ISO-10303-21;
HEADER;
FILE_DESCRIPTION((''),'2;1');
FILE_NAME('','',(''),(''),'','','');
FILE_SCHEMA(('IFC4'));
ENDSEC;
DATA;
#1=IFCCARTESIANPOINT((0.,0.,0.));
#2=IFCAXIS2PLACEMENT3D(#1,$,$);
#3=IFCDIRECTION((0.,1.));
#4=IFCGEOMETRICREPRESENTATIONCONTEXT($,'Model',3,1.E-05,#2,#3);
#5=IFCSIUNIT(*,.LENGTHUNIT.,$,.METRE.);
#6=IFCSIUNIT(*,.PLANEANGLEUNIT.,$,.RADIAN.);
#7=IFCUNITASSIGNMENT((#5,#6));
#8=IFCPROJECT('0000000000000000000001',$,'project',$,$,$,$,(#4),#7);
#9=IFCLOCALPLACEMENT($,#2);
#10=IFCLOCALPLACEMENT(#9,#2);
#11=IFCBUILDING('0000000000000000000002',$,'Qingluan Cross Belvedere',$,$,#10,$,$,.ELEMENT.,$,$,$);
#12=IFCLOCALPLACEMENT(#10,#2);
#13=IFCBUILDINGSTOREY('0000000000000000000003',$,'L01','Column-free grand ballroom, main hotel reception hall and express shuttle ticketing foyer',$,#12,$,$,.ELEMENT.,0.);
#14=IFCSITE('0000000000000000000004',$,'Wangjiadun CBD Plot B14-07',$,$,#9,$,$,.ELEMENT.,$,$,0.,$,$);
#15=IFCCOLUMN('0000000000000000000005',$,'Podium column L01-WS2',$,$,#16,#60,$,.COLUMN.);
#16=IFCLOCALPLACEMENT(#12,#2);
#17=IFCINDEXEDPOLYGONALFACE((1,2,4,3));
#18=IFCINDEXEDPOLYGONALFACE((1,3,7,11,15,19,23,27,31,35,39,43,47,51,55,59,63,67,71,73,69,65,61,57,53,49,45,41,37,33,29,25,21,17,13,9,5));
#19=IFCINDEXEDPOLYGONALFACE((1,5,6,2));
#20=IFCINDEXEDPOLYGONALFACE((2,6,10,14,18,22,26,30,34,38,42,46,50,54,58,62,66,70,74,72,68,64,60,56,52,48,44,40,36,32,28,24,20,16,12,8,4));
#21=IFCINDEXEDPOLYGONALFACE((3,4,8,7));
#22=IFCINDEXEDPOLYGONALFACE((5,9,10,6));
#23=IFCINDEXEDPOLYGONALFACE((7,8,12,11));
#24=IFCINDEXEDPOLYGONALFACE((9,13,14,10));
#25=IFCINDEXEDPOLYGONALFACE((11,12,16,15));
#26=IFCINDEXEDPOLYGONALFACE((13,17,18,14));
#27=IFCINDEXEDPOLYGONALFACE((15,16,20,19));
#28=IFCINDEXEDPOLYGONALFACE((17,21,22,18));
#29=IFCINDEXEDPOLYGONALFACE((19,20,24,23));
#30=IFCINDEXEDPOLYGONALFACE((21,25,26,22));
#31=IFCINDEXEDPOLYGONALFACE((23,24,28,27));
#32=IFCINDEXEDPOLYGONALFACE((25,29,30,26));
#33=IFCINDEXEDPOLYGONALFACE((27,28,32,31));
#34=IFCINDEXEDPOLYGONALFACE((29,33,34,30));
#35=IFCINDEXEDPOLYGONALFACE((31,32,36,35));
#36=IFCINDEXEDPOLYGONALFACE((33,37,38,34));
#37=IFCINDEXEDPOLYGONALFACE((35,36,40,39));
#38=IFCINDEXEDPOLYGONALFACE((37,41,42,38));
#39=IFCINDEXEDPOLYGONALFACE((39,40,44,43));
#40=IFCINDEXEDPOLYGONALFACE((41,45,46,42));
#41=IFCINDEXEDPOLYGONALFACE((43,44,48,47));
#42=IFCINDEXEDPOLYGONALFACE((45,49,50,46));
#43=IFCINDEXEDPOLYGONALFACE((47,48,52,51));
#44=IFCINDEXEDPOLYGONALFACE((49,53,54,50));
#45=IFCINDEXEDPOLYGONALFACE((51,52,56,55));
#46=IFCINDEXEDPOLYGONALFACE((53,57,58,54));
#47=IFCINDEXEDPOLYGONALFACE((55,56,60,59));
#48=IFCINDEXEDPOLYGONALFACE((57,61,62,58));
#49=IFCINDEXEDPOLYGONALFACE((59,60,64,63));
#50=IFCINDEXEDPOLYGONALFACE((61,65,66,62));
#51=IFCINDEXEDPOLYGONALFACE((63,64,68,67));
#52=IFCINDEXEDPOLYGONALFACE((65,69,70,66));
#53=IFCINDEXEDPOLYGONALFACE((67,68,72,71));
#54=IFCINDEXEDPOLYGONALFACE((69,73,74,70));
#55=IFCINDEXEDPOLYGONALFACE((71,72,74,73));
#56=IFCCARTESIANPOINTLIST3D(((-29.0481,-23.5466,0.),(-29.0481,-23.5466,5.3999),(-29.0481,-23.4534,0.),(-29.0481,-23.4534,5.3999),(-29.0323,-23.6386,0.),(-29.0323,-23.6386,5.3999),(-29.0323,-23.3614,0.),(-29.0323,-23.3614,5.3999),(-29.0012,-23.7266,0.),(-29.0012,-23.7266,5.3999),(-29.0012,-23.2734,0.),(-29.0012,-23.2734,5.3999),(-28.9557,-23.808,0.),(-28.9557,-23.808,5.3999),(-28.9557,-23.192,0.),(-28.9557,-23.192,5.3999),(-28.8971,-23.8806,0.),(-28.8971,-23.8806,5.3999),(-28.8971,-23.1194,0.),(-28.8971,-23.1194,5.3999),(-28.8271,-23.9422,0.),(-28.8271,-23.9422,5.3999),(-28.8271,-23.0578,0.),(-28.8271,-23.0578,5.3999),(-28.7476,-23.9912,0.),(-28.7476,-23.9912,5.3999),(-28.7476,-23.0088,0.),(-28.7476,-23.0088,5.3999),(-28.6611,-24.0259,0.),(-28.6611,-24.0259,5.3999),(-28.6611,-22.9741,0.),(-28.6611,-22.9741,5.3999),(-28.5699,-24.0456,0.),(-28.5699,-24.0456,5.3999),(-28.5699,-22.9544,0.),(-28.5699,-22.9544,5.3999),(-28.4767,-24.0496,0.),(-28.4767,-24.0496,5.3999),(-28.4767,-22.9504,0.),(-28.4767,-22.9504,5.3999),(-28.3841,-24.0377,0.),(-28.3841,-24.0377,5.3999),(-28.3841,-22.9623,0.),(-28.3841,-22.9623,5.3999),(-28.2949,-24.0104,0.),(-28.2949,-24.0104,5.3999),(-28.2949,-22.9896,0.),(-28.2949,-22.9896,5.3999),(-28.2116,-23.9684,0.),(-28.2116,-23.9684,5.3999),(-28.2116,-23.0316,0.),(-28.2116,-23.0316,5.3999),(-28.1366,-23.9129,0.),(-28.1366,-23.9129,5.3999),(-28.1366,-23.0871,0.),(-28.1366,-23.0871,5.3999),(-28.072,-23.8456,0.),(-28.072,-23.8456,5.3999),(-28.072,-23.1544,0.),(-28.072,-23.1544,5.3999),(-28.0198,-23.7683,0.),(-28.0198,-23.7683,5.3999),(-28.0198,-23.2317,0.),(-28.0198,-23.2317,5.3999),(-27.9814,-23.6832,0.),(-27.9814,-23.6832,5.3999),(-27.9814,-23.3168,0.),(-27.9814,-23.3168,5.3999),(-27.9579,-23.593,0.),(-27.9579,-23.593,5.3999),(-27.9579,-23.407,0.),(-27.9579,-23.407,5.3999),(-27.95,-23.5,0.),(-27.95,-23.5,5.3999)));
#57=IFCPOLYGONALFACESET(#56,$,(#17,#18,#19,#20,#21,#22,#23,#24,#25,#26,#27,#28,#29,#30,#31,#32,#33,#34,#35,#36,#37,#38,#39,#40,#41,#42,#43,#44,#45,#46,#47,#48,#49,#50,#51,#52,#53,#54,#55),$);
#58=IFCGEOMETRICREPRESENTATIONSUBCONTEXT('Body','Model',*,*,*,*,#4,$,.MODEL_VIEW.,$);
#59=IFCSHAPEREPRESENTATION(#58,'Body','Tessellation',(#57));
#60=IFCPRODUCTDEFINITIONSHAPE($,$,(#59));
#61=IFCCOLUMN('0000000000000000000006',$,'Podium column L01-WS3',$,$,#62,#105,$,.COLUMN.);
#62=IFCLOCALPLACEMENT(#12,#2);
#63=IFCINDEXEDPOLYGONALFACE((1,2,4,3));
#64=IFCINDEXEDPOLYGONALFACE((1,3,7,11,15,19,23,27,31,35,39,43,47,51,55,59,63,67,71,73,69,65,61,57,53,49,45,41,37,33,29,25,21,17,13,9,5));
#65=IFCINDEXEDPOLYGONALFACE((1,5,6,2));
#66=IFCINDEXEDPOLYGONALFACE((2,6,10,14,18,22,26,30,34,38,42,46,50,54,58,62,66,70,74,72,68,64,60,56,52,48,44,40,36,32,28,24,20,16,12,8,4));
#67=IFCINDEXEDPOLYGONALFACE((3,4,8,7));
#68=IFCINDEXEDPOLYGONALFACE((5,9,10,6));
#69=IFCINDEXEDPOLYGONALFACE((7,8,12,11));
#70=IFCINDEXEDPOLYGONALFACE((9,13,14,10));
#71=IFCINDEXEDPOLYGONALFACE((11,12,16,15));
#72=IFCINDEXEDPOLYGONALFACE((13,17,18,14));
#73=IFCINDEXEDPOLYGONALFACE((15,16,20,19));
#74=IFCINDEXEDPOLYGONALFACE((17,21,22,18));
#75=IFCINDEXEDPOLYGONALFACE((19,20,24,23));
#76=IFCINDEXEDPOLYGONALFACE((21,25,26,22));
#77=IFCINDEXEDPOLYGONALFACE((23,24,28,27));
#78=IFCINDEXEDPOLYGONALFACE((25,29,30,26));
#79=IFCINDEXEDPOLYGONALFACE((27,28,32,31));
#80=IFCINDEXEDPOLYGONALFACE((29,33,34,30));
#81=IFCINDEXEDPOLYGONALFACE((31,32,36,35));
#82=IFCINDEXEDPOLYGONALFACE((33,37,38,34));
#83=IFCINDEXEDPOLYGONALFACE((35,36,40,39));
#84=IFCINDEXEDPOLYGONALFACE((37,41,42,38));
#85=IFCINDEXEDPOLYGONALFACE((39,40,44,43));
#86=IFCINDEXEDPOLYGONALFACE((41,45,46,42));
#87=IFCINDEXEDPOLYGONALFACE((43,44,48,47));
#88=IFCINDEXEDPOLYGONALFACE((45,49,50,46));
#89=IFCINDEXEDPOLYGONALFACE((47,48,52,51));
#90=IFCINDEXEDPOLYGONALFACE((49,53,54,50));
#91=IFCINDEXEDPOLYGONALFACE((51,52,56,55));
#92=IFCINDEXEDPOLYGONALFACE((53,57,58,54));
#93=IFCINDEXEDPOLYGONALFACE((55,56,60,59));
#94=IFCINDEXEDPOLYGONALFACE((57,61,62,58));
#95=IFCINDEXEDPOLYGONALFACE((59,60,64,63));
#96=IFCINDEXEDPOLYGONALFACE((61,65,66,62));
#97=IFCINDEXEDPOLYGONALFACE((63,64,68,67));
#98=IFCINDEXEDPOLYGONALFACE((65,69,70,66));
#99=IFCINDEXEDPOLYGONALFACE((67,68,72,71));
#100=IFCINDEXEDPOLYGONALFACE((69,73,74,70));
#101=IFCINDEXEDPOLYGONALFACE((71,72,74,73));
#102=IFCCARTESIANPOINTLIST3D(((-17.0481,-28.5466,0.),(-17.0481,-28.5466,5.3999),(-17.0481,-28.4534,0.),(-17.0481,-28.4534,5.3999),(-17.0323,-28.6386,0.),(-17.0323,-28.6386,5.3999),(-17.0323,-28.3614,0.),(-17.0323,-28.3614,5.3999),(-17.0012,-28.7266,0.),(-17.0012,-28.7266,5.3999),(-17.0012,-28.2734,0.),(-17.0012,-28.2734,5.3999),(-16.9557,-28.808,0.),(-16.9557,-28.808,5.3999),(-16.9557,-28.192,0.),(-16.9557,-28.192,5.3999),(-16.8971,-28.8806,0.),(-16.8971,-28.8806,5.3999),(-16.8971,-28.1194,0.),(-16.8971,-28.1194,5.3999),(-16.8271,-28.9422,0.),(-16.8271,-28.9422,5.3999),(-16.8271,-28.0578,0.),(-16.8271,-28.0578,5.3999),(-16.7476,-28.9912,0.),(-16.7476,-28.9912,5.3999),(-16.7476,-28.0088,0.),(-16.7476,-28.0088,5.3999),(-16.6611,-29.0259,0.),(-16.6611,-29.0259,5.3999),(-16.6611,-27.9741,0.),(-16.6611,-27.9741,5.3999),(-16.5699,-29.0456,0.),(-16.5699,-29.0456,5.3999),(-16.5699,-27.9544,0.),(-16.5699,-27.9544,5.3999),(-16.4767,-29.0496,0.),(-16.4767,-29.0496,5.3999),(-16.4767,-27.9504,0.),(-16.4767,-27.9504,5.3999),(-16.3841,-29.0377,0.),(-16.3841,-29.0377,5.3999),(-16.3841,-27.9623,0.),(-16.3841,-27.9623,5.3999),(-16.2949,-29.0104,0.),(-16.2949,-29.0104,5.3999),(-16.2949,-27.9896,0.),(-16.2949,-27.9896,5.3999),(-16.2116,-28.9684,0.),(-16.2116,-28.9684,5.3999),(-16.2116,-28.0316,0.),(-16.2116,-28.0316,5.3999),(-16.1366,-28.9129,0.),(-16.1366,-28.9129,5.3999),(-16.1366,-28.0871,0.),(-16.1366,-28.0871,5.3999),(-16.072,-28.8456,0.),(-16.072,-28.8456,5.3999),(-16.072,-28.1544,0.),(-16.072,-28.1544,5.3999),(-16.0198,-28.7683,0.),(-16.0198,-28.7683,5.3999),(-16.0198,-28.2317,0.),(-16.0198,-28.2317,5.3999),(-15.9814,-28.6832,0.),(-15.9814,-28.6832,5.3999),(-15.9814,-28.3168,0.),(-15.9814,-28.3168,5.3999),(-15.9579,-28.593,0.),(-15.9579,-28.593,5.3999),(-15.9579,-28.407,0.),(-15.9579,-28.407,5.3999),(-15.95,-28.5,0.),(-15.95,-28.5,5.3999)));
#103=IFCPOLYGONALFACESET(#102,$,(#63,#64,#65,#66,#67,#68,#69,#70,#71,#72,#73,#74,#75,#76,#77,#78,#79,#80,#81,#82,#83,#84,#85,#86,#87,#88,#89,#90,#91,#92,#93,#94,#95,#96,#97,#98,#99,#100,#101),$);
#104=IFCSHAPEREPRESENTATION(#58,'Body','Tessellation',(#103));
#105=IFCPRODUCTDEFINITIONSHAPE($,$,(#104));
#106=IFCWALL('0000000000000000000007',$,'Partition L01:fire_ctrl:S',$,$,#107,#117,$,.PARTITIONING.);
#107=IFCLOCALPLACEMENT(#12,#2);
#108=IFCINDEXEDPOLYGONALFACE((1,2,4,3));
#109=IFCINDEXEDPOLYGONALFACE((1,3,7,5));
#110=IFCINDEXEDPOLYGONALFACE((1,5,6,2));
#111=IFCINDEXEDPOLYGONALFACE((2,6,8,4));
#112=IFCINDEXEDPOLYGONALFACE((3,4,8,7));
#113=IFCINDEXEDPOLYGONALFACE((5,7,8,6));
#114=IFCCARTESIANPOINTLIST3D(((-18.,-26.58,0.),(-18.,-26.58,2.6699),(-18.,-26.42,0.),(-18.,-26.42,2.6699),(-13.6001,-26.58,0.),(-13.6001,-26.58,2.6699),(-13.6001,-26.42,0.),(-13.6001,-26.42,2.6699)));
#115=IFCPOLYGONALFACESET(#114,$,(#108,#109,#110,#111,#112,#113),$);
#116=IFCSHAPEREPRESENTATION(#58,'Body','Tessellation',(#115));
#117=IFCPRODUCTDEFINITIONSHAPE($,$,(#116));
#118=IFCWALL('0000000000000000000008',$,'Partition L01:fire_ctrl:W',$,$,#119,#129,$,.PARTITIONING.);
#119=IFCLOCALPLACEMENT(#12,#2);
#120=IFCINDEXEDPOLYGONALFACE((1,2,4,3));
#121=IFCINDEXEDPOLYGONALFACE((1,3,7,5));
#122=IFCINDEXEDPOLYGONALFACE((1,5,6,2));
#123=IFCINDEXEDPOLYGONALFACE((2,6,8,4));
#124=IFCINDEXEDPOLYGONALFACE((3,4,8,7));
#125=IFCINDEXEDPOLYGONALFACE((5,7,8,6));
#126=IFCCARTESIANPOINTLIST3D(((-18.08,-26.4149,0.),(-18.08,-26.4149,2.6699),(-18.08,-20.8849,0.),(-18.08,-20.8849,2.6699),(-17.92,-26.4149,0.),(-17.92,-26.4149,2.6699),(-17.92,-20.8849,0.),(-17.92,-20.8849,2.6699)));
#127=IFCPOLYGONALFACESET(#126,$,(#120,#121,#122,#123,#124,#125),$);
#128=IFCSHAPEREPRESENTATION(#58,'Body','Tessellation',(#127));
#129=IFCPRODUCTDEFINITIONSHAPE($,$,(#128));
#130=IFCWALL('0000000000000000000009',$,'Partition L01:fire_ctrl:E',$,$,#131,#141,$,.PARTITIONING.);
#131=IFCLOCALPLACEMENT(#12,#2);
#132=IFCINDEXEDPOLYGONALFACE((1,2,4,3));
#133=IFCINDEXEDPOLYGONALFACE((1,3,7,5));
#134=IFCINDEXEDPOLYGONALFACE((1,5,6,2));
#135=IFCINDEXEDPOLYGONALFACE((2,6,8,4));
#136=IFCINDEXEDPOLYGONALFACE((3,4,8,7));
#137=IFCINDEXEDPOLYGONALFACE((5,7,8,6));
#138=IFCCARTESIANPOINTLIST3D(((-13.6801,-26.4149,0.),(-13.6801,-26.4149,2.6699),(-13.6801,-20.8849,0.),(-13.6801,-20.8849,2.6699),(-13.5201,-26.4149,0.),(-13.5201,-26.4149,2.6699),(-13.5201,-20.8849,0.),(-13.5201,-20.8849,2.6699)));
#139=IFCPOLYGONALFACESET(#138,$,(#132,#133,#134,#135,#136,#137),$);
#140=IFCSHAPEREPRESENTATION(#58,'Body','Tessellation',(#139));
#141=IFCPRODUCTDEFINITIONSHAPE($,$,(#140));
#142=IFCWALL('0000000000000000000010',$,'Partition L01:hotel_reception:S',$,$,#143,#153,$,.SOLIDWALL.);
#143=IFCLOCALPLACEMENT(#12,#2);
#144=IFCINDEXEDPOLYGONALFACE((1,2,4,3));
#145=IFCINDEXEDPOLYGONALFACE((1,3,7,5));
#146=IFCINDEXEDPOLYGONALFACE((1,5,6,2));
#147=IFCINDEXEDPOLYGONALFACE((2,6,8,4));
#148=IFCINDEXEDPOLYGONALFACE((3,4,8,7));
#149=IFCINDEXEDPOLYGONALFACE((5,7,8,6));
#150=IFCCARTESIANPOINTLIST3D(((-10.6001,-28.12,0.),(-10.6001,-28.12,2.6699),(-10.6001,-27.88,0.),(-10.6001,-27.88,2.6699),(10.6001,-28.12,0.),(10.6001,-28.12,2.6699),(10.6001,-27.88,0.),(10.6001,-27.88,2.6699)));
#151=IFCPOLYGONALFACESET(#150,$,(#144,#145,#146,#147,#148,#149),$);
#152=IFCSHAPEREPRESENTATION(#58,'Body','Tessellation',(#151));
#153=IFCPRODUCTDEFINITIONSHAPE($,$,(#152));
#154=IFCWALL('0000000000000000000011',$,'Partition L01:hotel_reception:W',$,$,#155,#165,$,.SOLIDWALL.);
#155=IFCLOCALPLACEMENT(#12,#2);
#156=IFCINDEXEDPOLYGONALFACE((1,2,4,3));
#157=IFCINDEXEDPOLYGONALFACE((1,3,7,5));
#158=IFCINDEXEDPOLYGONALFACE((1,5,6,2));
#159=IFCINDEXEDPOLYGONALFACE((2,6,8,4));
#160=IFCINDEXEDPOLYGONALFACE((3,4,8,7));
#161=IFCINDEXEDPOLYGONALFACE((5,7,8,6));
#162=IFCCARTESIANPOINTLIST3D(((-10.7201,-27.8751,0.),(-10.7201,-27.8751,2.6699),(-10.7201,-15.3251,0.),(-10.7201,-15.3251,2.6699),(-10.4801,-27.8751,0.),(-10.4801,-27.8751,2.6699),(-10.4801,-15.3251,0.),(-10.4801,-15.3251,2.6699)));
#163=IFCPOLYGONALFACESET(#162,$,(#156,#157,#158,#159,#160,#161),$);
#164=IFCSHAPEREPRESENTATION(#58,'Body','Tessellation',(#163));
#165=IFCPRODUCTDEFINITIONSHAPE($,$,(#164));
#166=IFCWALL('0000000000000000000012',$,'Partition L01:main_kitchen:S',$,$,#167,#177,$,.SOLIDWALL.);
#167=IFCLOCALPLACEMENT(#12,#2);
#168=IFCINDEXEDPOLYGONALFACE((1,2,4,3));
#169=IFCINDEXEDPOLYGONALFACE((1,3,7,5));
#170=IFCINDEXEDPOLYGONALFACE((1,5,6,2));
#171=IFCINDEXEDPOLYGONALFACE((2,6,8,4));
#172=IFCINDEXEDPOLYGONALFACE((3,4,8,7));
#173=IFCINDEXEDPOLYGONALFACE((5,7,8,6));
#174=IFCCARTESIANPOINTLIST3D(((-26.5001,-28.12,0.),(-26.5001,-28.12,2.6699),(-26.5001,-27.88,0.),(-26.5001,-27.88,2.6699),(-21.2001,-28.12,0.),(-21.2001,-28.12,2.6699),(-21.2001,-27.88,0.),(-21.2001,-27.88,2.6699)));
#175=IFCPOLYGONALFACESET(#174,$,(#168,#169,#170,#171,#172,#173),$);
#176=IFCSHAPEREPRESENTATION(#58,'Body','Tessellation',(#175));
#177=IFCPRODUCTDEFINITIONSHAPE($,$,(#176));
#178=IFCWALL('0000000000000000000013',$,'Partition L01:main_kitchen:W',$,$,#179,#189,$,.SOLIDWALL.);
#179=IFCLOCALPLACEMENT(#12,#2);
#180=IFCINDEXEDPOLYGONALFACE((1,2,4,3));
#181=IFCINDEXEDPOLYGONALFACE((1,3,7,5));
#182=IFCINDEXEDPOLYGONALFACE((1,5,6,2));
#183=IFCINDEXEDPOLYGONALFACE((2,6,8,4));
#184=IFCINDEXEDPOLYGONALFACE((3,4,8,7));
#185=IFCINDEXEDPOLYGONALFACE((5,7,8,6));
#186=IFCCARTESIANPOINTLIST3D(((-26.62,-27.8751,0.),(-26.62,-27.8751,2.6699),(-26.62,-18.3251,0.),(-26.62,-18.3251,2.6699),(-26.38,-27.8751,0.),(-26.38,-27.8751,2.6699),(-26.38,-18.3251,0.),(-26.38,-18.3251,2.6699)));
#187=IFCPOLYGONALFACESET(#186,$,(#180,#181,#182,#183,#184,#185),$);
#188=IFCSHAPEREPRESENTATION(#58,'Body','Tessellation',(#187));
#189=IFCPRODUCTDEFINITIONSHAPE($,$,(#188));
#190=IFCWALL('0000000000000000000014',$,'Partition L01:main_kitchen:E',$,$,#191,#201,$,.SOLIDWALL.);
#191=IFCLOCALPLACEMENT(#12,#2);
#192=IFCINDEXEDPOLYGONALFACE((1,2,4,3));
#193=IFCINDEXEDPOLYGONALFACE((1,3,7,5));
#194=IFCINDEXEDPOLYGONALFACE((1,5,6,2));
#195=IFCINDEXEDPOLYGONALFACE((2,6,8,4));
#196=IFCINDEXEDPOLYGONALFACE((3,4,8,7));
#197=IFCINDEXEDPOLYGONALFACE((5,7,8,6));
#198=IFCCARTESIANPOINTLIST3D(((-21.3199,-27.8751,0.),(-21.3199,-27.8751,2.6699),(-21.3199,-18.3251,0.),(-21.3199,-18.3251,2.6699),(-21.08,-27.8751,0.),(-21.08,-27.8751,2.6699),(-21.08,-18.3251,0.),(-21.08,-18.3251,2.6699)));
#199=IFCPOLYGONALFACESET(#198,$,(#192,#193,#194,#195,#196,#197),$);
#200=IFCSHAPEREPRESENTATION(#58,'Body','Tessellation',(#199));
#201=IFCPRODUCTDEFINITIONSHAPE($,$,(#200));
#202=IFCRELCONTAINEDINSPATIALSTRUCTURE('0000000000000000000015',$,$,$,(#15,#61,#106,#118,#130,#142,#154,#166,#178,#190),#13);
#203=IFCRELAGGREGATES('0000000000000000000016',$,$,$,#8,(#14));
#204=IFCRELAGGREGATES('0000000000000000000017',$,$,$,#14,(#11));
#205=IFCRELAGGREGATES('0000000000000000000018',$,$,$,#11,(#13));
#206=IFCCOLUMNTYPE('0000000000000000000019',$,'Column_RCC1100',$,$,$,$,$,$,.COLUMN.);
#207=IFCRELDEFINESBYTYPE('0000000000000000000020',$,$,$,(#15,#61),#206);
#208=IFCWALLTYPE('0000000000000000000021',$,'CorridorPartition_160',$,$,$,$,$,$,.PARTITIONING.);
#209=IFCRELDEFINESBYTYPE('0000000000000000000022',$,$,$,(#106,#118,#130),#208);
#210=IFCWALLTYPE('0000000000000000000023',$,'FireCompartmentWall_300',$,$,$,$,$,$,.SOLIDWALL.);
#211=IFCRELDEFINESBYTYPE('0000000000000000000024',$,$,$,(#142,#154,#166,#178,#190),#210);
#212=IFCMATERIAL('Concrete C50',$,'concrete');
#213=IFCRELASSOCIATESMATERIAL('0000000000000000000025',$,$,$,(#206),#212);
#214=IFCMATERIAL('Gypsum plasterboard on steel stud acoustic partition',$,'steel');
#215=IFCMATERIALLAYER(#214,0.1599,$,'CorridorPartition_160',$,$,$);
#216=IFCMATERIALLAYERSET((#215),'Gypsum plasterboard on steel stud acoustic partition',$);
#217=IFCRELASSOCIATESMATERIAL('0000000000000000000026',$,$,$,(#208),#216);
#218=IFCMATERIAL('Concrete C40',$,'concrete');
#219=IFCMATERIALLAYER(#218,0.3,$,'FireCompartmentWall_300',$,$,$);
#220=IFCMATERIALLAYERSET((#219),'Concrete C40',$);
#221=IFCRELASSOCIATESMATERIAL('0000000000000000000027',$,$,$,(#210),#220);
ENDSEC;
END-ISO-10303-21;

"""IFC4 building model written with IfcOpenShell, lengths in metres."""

from ifc_helpers import new_model, si_unit, direction, frame, frame_2d, origin, origin_2d, place, context, subcontext, project, spatial, rectangle, circle, extrude, material, layer, layer_set, material_profile, profile_set, type_object, element, save


model = new_model("IFC4")

# Units and contexts
model_context = context("Model", 3, precision=1e-05, world=origin(), true_north=direction((0.0, 1.0)))
body_context = subcontext(model_context, "Body", "Model", "MODEL_VIEW")
ifc_project = project(units=[si_unit("LENGTHUNIT", "METRE"), si_unit("PLANEANGLEUNIT", "RADIAN")], contexts=[model_context])

# Site, building, storey
site_placement = place(None, origin())
site = spatial("IfcSite", under=ifc_project, at=site_placement, Name="Wangjiadun CBD Plot B14-07", CompositionType="ELEMENT", RefElevation=0.0)
building_placement = place(site_placement, origin())
building = spatial("IfcBuilding", under=site, at=building_placement, Name="Qingluan Cross Belvedere", CompositionType="ELEMENT")
storey_placement = place(building_placement, origin())
storey = spatial("IfcBuildingStorey", under=building, at=storey_placement, Name="L01", Description="Column-free grand ballroom, main hotel reception hall and express shuttle ticketing foyer", CompositionType="ELEMENT", Elevation=0.0)

# Columns
ifc_material_1 = material(Name="Concrete C50", Category="concrete")
ifc_material_profile = material_profile(ifc_material_1, circle(Radius=0.55, at=origin_2d()), Name="RCC1100")
ifc_profile_set = profile_set([ifc_material_profile], Name="Concrete C50")
column_type = type_object("IfcColumnType", Name="Column_RCC1100", PredefinedType="COLUMN", material=ifc_profile_set)
for number, where, z_axis, x_axis, name in (
    (1, (-28.5, -23.5, 0.0), (0.0, 0.0, 1.0), (1.0, 0.0, 0.0), "Podium column L01-WS2"),
    (2, (-16.5, -28.5, 0.0), (0.0, 0.0, 1.0), (1.0, 0.0, 0.0), "Podium column L01-WS3"),
):
    element("IfcColumn", number, at=place(storey_placement, frame(where, z_axis=z_axis, x_axis=x_axis)), inside=storey, type_object=column_type, Name=name, PredefinedType="COLUMN", context=body_context, shape_type="SweptSolid", body=[
        extrude(circle(Radius=0.55, at=origin_2d()), origin(), (0.0, 0.0, 1.0), 5.3999),
    ])

# Walls
ifc_material_2 = material(Name="Gypsum plasterboard on steel stud acoustic partition", Category="steel")
ifc_layer_1 = layer(ifc_material_2, 0.1599, Name="CorridorPartition_160")
ifc_layer_set_1 = layer_set([ifc_layer_1], Name="Gypsum plasterboard on steel stud acoustic partition")
wall_type_1 = type_object("IfcWallType", Name="CorridorPartition_160", PredefinedType="PARTITIONING", material=ifc_layer_set_1)
wall_1_placement = place(storey_placement, frame((-18.0, -26.5, 0.0), z_axis=(0.0, 0.0, 1.0), x_axis=(1.0, 0.0, 0.0)))
element("IfcWall", 3, at=wall_1_placement, inside=storey, type_object=wall_type_1, Name="Partition L01:fire_ctrl:S", PredefinedType="PARTITIONING", context=body_context, shape_type="SweptSolid", body=[
    extrude(rectangle(XDim=4.3999, YDim=0.1599, at=frame_2d((2.2, 0.0))), origin(), (0.0, 0.0, 1.0), 2.6699),
])
for number, where, z_axis, x_axis, name in (
    (4, (-18.0, -26.415, 0.0), (0.0, 0.0, 1.0), (0.0, 1.0, 0.0), "Partition L01:fire_ctrl:W"),
    (5, (-13.6001, -26.415, 0.0), (0.0, 0.0, 1.0), (0.0, 1.0, 0.0), "Partition L01:fire_ctrl:E"),
):
    element("IfcWall", number, at=place(storey_placement, frame(where, z_axis=z_axis, x_axis=x_axis)), inside=storey, type_object=wall_type_1, Name=name, PredefinedType="PARTITIONING", context=body_context, shape_type="SweptSolid", body=[
        extrude(rectangle(XDim=5.53, YDim=0.1599, at=frame_2d((2.7651, 0.0))), origin(), (0.0, 0.0, 1.0), 2.6699),
    ])
ifc_material_3 = material(Name="Concrete C40", Category="concrete")
ifc_layer_2 = layer(ifc_material_3, 0.3, Name="FireCompartmentWall_300")
ifc_layer_set_2 = layer_set([ifc_layer_2], Name="Concrete C40")
wall_type_2 = type_object("IfcWallType", Name="FireCompartmentWall_300", PredefinedType="SOLIDWALL", material=ifc_layer_set_2)
wall_2_placement = place(storey_placement, frame((-10.6001, -28.0, 0.0), z_axis=(0.0, 0.0, 1.0), x_axis=(1.0, 0.0, 0.0)))
element("IfcWall", 6, at=wall_2_placement, inside=storey, type_object=wall_type_2, Name="Partition L01:hotel_reception:S", PredefinedType="SOLIDWALL", context=body_context, shape_type="SweptSolid", body=[
    extrude(rectangle(XDim=21.2002, YDim=0.24, at=frame_2d((10.6001, 0.0))), origin(), (0.0, 0.0, 1.0), 2.6699),
])
wall_3_placement = place(storey_placement, frame((-10.6001, -27.875, 0.0), z_axis=(0.0, 0.0, 1.0), x_axis=(0.0, 1.0, 0.0)))
element("IfcWall", 7, at=wall_3_placement, inside=storey, type_object=wall_type_2, Name="Partition L01:hotel_reception:W", PredefinedType="SOLIDWALL", context=body_context, shape_type="SweptSolid", body=[
    extrude(rectangle(XDim=12.55, YDim=0.24, at=frame_2d((6.2749, 0.0))), origin(), (0.0, 0.0, 1.0), 2.6699),
])
wall_4_placement = place(storey_placement, frame((-26.5, -28.0, 0.0), z_axis=(0.0, 0.0, 1.0), x_axis=(1.0, 0.0, 0.0)))
element("IfcWall", 8, at=wall_4_placement, inside=storey, type_object=wall_type_2, Name="Partition L01:main_kitchen:S", PredefinedType="SOLIDWALL", context=body_context, shape_type="SweptSolid", body=[
    extrude(rectangle(XDim=5.3, YDim=0.24, at=frame_2d((2.6499, 0.0))), origin(), (0.0, 0.0, 1.0), 2.6699),
])
for number, where, z_axis, x_axis, name in (
    (9, (-26.5, -27.875, 0.0), (0.0, 0.0, 1.0), (0.0, 1.0, 0.0), "Partition L01:main_kitchen:W"),
    (10, (-21.2, -27.875, 0.0), (0.0, 0.0, 1.0), (0.0, 1.0, 0.0), "Partition L01:main_kitchen:E"),
):
    element("IfcWall", number, at=place(storey_placement, frame(where, z_axis=z_axis, x_axis=x_axis)), inside=storey, type_object=wall_type_2, Name=name, PredefinedType="SOLIDWALL", context=body_context, shape_type="SweptSolid", body=[
        extrude(rectangle(XDim=9.55, YDim=0.24, at=frame_2d((4.7749, 0.0))), origin(), (0.0, 0.0, 1.0), 2.6699),
    ])

save(model, "model.ifc")
